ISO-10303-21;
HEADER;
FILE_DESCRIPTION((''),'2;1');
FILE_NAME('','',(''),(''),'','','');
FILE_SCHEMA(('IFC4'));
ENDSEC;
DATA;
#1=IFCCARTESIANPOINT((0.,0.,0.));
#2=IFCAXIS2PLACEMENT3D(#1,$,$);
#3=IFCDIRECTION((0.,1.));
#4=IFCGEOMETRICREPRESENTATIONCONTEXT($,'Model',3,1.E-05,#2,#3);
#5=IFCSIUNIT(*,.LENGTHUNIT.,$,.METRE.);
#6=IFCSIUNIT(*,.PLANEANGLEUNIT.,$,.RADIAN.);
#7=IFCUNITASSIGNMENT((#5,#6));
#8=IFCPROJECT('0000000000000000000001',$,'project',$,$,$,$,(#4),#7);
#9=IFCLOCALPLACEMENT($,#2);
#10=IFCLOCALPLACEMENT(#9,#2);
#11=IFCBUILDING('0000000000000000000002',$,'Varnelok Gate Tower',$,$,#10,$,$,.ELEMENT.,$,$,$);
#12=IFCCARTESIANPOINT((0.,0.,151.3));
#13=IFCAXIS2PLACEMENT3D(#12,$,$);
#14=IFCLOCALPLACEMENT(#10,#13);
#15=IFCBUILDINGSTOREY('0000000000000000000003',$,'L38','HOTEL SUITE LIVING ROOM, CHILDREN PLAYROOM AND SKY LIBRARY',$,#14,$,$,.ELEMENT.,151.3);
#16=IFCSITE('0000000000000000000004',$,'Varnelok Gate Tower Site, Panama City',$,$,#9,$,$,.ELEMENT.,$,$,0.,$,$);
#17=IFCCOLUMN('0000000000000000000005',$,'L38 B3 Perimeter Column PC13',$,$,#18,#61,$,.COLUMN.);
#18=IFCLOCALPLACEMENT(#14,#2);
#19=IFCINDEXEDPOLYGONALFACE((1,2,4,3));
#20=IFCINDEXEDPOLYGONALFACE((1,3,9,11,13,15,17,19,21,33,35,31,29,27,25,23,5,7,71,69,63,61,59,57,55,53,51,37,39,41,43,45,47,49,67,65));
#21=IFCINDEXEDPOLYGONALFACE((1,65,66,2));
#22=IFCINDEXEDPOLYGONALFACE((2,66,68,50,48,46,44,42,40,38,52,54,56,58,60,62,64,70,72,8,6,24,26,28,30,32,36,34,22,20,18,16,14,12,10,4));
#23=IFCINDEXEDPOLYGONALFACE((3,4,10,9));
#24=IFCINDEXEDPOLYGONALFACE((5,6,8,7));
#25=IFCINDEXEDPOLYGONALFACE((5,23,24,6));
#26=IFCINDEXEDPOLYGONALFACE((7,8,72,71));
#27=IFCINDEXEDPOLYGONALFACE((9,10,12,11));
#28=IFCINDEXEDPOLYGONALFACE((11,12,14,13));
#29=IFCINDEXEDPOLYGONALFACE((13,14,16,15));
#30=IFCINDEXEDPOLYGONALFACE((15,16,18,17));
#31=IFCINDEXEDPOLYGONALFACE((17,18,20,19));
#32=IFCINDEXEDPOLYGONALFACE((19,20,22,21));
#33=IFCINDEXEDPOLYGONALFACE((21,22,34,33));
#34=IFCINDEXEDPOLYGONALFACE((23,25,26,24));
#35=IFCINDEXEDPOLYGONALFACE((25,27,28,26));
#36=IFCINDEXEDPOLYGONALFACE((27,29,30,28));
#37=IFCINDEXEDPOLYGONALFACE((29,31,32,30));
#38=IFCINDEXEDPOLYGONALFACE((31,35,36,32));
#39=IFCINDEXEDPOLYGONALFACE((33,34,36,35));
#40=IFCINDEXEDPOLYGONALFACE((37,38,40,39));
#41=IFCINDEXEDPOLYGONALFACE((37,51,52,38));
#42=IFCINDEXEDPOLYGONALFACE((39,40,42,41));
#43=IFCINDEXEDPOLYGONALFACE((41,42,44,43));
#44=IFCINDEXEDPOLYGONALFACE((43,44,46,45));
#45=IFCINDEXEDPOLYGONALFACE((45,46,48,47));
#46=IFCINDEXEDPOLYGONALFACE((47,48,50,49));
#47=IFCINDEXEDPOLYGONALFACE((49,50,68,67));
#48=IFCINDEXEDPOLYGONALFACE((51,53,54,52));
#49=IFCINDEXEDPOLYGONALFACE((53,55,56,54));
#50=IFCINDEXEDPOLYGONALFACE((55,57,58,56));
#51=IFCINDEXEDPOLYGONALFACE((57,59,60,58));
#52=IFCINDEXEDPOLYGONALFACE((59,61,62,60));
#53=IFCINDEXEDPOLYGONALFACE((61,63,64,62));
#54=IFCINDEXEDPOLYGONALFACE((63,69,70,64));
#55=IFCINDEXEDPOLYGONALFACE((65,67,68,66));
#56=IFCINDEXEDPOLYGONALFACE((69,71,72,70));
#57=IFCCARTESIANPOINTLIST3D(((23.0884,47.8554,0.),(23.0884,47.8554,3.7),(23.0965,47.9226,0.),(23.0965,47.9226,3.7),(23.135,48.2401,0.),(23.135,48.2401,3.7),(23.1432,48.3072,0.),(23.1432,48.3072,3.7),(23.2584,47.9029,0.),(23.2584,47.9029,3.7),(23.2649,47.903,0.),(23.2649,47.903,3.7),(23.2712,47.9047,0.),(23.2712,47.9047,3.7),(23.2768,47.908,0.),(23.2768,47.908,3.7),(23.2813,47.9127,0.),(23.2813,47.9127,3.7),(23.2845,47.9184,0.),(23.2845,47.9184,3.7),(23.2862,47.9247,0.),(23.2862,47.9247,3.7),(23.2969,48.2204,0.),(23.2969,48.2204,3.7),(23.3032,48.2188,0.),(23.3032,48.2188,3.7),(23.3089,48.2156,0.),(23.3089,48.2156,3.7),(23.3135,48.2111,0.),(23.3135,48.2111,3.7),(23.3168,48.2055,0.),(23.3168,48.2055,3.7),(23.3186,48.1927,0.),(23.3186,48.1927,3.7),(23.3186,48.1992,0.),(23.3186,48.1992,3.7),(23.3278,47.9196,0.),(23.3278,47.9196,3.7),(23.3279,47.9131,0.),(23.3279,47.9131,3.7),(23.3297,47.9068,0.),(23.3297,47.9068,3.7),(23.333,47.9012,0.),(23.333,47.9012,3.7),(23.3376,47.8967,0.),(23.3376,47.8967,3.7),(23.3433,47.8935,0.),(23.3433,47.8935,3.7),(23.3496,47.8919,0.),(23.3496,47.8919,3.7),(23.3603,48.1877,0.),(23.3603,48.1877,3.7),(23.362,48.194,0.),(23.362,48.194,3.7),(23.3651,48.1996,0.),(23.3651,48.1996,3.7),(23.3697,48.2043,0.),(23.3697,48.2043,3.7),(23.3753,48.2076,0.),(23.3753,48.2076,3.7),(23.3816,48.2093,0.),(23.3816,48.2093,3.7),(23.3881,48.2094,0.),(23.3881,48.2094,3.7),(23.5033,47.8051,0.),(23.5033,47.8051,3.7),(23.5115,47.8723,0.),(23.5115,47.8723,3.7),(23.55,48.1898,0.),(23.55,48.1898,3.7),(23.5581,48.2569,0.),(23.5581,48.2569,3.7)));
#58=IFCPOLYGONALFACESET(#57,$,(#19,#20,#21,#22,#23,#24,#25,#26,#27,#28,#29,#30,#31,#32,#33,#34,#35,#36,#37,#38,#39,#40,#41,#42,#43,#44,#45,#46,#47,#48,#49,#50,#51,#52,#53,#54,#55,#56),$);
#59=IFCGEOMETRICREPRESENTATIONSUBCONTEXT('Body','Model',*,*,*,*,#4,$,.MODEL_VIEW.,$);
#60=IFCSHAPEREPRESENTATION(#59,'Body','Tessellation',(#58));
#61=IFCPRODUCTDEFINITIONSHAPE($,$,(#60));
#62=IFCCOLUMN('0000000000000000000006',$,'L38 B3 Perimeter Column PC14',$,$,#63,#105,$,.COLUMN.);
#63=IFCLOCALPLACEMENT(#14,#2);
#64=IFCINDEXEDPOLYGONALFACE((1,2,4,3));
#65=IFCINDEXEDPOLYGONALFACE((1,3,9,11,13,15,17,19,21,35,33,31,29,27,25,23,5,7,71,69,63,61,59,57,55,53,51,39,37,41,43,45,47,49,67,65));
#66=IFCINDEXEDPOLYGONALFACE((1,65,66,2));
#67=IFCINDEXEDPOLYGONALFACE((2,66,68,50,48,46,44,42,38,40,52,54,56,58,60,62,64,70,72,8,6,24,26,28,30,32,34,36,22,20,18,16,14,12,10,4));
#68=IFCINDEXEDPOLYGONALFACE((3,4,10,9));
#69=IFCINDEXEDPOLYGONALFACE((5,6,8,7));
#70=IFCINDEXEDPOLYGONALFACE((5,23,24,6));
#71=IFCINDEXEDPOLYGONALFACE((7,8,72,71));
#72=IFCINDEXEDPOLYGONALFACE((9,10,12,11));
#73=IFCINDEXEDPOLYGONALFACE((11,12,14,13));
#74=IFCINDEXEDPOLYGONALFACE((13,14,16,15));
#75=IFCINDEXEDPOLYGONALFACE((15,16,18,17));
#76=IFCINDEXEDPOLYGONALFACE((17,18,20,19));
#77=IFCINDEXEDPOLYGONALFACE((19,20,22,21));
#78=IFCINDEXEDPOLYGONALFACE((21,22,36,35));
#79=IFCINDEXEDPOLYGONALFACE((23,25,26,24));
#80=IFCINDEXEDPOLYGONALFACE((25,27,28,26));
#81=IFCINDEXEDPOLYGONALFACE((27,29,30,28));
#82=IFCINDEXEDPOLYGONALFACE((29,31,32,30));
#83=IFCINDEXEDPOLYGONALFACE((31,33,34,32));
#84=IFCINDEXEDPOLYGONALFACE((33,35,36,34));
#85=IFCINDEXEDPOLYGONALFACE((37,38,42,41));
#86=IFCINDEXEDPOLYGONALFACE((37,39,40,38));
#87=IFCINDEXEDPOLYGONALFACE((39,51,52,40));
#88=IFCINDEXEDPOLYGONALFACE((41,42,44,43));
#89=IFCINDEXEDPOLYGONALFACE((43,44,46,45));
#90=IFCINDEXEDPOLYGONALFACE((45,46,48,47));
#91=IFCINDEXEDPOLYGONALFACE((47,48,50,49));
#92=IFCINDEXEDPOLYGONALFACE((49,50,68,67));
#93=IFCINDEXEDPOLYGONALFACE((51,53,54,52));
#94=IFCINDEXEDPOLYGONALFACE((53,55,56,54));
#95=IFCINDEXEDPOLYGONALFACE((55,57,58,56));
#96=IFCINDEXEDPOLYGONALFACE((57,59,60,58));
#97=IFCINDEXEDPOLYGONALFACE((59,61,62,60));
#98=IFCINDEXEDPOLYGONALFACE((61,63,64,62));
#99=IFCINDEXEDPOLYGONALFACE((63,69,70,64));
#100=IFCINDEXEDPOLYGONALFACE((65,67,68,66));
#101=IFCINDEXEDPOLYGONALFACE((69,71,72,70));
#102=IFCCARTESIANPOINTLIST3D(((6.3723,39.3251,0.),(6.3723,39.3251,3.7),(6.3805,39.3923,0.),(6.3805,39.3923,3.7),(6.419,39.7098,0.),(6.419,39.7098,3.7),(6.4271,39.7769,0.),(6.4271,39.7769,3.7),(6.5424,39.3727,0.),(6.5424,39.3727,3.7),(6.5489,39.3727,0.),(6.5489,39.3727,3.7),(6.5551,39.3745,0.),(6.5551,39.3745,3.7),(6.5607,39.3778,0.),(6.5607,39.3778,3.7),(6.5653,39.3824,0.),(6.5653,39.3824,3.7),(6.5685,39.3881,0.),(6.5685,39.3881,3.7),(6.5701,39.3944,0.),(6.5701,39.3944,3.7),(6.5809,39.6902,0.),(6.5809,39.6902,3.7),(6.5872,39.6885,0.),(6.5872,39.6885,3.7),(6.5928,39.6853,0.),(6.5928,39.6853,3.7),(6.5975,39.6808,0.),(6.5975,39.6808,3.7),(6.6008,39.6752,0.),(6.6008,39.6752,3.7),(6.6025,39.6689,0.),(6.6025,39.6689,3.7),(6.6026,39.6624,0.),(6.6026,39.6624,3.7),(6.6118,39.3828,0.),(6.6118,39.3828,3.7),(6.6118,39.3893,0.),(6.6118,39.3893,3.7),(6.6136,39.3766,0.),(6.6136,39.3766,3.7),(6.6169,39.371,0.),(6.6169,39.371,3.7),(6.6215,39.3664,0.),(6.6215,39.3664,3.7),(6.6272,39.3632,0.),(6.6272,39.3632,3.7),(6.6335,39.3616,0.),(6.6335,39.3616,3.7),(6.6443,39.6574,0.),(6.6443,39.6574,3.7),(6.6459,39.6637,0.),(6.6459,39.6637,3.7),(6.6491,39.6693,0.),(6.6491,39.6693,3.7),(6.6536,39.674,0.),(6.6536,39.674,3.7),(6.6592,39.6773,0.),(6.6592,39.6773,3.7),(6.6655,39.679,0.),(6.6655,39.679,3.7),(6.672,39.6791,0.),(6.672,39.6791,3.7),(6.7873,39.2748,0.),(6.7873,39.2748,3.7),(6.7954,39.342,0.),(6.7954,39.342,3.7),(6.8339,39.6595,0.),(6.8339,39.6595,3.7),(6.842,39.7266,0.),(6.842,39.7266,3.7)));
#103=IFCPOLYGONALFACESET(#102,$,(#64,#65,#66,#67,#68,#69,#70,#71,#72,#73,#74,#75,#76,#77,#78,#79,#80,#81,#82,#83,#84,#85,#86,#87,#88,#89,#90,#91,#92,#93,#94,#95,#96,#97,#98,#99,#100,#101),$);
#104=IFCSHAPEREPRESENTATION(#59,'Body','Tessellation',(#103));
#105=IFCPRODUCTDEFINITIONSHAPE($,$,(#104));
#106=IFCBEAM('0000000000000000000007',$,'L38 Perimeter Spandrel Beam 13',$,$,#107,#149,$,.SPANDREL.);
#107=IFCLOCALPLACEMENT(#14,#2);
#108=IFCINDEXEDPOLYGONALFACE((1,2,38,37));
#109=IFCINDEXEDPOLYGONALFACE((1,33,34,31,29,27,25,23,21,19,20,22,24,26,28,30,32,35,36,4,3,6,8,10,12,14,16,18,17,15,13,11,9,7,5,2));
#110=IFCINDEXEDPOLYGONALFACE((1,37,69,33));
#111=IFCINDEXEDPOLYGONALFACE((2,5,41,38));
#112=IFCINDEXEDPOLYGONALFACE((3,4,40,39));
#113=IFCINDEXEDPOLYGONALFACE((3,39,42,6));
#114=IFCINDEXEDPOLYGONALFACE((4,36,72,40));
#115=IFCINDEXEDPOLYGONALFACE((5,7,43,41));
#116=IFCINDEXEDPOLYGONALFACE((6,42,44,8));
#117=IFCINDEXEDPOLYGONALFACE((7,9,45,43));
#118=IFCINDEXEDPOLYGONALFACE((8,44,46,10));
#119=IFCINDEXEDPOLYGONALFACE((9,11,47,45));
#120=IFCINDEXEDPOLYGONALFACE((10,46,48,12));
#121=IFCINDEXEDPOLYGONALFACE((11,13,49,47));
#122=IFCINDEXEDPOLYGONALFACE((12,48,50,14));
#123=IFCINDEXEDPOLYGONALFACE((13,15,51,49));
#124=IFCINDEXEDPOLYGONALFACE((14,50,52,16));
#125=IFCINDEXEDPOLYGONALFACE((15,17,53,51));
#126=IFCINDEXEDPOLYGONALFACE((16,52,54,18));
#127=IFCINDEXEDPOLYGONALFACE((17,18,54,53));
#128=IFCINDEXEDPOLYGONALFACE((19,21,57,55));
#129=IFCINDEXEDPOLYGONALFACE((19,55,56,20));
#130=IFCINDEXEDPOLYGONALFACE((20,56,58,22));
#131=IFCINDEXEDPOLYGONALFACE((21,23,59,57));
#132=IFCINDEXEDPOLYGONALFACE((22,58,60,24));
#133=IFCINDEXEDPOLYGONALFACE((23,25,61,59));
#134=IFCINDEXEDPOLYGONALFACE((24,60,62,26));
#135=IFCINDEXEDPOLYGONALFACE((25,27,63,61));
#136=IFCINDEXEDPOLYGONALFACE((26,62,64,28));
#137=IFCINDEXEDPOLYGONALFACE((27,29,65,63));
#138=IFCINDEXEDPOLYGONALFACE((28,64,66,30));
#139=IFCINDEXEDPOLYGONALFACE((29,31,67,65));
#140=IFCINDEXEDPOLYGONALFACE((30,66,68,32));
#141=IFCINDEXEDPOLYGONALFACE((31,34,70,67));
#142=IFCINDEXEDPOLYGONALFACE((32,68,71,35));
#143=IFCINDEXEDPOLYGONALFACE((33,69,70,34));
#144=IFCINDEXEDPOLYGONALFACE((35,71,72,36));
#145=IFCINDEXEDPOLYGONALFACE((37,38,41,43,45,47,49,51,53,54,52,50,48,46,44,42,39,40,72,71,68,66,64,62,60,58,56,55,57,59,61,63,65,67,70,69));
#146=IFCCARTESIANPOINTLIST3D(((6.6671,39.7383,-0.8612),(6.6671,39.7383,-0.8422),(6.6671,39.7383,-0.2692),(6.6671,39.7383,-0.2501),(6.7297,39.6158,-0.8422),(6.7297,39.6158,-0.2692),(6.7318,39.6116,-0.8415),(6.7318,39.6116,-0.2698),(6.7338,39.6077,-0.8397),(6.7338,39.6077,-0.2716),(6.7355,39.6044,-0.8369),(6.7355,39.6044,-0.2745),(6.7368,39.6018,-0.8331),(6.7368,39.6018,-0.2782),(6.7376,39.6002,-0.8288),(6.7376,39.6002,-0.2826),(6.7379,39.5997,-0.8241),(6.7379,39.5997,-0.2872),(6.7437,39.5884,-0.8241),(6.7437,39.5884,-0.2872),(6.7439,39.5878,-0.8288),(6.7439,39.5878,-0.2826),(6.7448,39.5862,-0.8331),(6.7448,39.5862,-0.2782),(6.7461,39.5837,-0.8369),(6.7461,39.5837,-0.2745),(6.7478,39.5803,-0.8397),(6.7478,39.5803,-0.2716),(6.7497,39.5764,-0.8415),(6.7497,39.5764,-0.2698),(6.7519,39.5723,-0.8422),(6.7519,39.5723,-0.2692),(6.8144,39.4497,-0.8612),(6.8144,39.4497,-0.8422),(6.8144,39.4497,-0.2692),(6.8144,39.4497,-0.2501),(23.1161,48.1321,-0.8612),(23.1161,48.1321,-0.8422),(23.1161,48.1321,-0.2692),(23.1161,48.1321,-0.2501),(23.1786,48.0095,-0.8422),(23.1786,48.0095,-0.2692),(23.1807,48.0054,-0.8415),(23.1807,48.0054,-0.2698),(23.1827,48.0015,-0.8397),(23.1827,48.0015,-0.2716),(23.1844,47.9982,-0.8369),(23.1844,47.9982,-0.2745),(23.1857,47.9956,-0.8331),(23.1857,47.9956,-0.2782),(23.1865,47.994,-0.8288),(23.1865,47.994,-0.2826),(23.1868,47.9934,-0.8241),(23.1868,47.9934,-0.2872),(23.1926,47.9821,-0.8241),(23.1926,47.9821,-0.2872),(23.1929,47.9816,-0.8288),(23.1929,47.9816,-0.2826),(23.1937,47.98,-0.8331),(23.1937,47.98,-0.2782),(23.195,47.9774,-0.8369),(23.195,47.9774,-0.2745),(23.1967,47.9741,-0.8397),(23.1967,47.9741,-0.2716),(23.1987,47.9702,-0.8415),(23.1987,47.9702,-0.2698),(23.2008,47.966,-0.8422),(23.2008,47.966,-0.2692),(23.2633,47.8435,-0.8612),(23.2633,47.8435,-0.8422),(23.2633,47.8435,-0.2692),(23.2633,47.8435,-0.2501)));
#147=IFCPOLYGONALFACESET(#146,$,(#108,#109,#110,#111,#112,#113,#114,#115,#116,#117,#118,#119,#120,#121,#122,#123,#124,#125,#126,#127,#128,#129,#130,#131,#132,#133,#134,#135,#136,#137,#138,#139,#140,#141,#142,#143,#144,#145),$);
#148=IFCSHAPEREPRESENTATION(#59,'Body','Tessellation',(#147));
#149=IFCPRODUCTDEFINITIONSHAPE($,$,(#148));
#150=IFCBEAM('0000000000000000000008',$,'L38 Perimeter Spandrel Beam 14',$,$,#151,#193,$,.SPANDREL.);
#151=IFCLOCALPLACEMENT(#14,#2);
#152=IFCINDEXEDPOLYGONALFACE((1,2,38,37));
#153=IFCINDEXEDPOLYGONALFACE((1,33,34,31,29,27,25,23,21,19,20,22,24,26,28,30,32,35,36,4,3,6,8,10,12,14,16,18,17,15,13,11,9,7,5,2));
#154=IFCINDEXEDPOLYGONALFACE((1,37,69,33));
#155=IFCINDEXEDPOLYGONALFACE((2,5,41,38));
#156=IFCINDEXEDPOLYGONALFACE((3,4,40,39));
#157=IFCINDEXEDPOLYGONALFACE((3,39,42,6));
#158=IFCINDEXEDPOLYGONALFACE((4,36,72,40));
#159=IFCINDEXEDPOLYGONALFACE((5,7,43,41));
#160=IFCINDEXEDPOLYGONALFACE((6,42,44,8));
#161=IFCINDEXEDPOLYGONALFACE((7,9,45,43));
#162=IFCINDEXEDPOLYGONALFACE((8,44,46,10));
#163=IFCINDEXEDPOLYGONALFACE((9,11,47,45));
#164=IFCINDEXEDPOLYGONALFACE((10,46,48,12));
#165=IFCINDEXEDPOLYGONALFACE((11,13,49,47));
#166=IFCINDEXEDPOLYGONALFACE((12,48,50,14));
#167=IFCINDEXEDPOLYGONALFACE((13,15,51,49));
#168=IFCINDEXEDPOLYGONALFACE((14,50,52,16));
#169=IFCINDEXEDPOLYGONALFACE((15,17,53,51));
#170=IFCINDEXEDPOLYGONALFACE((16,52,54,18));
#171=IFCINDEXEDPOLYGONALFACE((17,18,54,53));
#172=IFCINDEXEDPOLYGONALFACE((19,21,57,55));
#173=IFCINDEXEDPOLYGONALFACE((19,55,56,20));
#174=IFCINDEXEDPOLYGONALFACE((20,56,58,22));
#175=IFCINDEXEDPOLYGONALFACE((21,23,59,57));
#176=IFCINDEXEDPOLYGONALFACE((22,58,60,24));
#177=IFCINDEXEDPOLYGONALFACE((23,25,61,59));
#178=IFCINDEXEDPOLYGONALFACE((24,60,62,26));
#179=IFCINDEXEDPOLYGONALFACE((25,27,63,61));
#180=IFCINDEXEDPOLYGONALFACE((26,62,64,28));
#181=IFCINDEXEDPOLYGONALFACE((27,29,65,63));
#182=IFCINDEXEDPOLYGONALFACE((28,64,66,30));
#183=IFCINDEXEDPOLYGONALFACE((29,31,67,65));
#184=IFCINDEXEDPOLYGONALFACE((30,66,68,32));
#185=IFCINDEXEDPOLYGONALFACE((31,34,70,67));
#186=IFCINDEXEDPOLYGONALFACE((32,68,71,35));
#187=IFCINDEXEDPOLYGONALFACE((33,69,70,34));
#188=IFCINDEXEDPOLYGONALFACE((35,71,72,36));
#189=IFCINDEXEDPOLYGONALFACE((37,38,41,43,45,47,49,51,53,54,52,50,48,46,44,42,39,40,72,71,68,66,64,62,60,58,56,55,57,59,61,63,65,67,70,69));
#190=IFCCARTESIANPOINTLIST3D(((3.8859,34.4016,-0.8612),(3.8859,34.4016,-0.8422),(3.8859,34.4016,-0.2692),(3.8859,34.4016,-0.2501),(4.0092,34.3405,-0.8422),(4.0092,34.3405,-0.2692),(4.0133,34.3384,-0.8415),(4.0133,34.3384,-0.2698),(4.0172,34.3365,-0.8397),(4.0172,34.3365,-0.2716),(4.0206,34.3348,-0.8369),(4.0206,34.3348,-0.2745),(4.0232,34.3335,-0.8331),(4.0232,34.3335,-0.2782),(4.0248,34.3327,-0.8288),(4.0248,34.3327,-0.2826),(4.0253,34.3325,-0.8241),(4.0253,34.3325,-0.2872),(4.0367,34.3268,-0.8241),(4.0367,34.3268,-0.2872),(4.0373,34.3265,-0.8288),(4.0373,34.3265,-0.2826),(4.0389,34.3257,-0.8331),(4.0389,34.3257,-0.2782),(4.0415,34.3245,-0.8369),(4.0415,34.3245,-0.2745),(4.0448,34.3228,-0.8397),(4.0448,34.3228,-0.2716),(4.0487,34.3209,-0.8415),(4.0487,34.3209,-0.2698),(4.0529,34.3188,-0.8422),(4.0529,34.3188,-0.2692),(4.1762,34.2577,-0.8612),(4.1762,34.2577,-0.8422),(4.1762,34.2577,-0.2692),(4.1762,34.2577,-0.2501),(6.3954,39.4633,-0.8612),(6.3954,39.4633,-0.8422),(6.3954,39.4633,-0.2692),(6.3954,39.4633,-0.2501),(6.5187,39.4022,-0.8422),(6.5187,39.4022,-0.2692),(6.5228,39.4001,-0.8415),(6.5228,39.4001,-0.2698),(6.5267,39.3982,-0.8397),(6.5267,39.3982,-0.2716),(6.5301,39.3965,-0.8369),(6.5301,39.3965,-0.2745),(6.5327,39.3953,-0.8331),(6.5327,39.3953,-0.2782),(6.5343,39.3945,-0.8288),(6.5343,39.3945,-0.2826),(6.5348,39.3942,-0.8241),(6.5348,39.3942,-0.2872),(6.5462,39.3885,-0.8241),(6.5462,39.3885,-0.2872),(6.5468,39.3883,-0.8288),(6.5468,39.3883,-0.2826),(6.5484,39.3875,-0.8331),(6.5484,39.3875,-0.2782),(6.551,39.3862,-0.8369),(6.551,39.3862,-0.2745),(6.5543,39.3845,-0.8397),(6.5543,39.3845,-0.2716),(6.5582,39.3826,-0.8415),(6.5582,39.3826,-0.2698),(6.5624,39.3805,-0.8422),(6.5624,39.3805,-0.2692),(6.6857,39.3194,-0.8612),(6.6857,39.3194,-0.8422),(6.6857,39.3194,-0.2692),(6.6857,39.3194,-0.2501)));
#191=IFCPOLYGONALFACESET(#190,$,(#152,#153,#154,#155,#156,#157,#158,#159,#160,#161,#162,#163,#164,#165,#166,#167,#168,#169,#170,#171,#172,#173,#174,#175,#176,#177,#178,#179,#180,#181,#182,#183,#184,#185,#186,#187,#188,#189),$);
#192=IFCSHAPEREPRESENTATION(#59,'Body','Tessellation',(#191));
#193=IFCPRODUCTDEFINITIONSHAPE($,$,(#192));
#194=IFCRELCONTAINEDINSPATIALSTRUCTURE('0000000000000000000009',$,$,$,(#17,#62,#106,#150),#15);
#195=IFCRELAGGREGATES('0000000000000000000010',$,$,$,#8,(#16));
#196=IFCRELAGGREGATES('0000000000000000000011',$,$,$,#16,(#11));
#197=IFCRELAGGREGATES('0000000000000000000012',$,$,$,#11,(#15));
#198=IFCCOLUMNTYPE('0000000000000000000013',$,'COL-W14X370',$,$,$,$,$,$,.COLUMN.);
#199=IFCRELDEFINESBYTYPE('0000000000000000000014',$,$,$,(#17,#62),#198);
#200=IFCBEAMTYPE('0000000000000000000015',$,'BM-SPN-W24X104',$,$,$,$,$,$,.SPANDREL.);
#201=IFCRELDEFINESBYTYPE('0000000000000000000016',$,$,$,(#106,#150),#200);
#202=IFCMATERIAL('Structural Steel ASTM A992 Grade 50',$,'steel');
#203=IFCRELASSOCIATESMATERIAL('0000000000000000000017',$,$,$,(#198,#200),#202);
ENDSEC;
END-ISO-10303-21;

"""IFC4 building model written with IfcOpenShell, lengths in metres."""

from ifc_helpers import new_model, si_unit, direction, frame, origin, origin_2d, place, context, subcontext, project, spatial, i_section, extrude, material, material_profile, profile_set, type_object, element, save


model = new_model("IFC4")

# Units and contexts
model_context = context("Model", 3, precision=1e-05, world=origin(), true_north=direction((0.0, 1.0)))
body_context = subcontext(model_context, "Body", "Model", "MODEL_VIEW")
ifc_project = project(units=[si_unit("LENGTHUNIT", "METRE"), si_unit("PLANEANGLEUNIT", "RADIAN")], contexts=[model_context])

# Site, building, storey
site_placement = place(None, origin())
site = spatial("IfcSite", under=ifc_project, at=site_placement, Name="Varnelok Gate Tower Site, Panama City", CompositionType="ELEMENT", RefElevation=0.0)
building_placement = place(site_placement, origin())
building = spatial("IfcBuilding", under=site, at=building_placement, Name="Varnelok Gate Tower", CompositionType="ELEMENT")
storey_placement = place(building_placement, frame((0.0, 0.0, 151.3)))
storey = spatial("IfcBuildingStorey", under=building, at=storey_placement, Name="L38", Description="HOTEL SUITE LIVING ROOM, CHILDREN PLAYROOM AND SKY LIBRARY", CompositionType="ELEMENT", Elevation=151.3)

# Columns
ifc_material_1 = material(Name="Structural Steel ASTM A992 Grade 50", Category="steel")
ifc_material_profile_1 = material_profile(ifc_material_1, i_section(OverallWidth=0.418, OverallDepth=0.4551, WebThickness=0.042, FlangeThickness=0.0676, FilletRadius=0.0249, at=origin_2d()), Name="W14X370")
ifc_profile_set_1 = profile_set([ifc_material_profile_1], Name="Structural Steel ASTM A992 Grade 50")
column_type = type_object("IfcColumnType", Name="COL-W14X370", PredefinedType="COLUMN", material=ifc_profile_set_1)
for number, where, z_axis, x_axis, name in (
    (1, (23.3232, 48.0562, 0.0), (0.0, 0.0, 1.0), (0.992732, -0.120345, 0.0), "L38 B3 Perimeter Column PC13"),
    (2, (6.6072, 39.5259, 0.0), (0.0, 0.0, 1.0), (0.992732, -0.120345, 0.0), "L38 B3 Perimeter Column PC14"),
):
    element("IfcColumn", number, at=place(storey_placement, frame(where, z_axis=z_axis, x_axis=x_axis)), inside=storey, type_object=column_type, Name=name, PredefinedType="COLUMN", context=body_context, shape_type="SweptSolid", body=[
        extrude(i_section(OverallWidth=0.418, OverallDepth=0.4551, WebThickness=0.042, FlangeThickness=0.0676, FilletRadius=0.0249, at=origin_2d()), origin(), (0.0, 0.0, 1.0), 3.7),
    ])

# Beams
ifc_material_profile_2 = material_profile(ifc_material_1, i_section(OverallWidth=0.324, OverallDepth=0.6111, WebThickness=0.0127, FlangeThickness=0.019, FilletRadius=0.0181, at=origin_2d()), Name="W24X104")
ifc_profile_set_2 = profile_set([ifc_material_profile_2], Name="Structural Steel ASTM A992 Grade 50")
beam_type = type_object("IfcBeamType", Name="BM-SPN-W24X104", PredefinedType="SPANDREL", material=ifc_profile_set_2)
beam_1_placement = place(storey_placement, frame((23.1897, 47.9878, -0.5557), z_axis=(-0.89073, -0.454533, 0.0), x_axis=(0.454533, -0.89073, 0.0)))
element("IfcBeam", 3, at=beam_1_placement, inside=storey, type_object=beam_type, Name="L38 Perimeter Spandrel Beam 13", PredefinedType="SPANDREL", context=body_context, shape_type="SweptSolid", body=[
    extrude(i_section(OverallWidth=0.324, OverallDepth=0.6111, WebThickness=0.0127, FlangeThickness=0.019, FilletRadius=0.0181, at=origin_2d()), origin(), (0.0, 0.0, 1.0), 18.4668),
])
beam_2_placement = place(storey_placement, frame((6.5405, 39.3914, -0.5557), z_axis=(-0.444186, -0.895935, 0.0), x_axis=(0.895935, -0.444186, 0.0)))
element("IfcBeam", 4, at=beam_2_placement, inside=storey, type_object=beam_type, Name="L38 Perimeter Spandrel Beam 14", PredefinedType="SPANDREL", context=body_context, shape_type="SweptSolid", body=[
    extrude(i_section(OverallWidth=0.324, OverallDepth=0.6111, WebThickness=0.0127, FlangeThickness=0.019, FilletRadius=0.0181, at=origin_2d()), origin(), (0.0, 0.0, 1.0), 5.6497),
])

save(model, "model.ifc")
